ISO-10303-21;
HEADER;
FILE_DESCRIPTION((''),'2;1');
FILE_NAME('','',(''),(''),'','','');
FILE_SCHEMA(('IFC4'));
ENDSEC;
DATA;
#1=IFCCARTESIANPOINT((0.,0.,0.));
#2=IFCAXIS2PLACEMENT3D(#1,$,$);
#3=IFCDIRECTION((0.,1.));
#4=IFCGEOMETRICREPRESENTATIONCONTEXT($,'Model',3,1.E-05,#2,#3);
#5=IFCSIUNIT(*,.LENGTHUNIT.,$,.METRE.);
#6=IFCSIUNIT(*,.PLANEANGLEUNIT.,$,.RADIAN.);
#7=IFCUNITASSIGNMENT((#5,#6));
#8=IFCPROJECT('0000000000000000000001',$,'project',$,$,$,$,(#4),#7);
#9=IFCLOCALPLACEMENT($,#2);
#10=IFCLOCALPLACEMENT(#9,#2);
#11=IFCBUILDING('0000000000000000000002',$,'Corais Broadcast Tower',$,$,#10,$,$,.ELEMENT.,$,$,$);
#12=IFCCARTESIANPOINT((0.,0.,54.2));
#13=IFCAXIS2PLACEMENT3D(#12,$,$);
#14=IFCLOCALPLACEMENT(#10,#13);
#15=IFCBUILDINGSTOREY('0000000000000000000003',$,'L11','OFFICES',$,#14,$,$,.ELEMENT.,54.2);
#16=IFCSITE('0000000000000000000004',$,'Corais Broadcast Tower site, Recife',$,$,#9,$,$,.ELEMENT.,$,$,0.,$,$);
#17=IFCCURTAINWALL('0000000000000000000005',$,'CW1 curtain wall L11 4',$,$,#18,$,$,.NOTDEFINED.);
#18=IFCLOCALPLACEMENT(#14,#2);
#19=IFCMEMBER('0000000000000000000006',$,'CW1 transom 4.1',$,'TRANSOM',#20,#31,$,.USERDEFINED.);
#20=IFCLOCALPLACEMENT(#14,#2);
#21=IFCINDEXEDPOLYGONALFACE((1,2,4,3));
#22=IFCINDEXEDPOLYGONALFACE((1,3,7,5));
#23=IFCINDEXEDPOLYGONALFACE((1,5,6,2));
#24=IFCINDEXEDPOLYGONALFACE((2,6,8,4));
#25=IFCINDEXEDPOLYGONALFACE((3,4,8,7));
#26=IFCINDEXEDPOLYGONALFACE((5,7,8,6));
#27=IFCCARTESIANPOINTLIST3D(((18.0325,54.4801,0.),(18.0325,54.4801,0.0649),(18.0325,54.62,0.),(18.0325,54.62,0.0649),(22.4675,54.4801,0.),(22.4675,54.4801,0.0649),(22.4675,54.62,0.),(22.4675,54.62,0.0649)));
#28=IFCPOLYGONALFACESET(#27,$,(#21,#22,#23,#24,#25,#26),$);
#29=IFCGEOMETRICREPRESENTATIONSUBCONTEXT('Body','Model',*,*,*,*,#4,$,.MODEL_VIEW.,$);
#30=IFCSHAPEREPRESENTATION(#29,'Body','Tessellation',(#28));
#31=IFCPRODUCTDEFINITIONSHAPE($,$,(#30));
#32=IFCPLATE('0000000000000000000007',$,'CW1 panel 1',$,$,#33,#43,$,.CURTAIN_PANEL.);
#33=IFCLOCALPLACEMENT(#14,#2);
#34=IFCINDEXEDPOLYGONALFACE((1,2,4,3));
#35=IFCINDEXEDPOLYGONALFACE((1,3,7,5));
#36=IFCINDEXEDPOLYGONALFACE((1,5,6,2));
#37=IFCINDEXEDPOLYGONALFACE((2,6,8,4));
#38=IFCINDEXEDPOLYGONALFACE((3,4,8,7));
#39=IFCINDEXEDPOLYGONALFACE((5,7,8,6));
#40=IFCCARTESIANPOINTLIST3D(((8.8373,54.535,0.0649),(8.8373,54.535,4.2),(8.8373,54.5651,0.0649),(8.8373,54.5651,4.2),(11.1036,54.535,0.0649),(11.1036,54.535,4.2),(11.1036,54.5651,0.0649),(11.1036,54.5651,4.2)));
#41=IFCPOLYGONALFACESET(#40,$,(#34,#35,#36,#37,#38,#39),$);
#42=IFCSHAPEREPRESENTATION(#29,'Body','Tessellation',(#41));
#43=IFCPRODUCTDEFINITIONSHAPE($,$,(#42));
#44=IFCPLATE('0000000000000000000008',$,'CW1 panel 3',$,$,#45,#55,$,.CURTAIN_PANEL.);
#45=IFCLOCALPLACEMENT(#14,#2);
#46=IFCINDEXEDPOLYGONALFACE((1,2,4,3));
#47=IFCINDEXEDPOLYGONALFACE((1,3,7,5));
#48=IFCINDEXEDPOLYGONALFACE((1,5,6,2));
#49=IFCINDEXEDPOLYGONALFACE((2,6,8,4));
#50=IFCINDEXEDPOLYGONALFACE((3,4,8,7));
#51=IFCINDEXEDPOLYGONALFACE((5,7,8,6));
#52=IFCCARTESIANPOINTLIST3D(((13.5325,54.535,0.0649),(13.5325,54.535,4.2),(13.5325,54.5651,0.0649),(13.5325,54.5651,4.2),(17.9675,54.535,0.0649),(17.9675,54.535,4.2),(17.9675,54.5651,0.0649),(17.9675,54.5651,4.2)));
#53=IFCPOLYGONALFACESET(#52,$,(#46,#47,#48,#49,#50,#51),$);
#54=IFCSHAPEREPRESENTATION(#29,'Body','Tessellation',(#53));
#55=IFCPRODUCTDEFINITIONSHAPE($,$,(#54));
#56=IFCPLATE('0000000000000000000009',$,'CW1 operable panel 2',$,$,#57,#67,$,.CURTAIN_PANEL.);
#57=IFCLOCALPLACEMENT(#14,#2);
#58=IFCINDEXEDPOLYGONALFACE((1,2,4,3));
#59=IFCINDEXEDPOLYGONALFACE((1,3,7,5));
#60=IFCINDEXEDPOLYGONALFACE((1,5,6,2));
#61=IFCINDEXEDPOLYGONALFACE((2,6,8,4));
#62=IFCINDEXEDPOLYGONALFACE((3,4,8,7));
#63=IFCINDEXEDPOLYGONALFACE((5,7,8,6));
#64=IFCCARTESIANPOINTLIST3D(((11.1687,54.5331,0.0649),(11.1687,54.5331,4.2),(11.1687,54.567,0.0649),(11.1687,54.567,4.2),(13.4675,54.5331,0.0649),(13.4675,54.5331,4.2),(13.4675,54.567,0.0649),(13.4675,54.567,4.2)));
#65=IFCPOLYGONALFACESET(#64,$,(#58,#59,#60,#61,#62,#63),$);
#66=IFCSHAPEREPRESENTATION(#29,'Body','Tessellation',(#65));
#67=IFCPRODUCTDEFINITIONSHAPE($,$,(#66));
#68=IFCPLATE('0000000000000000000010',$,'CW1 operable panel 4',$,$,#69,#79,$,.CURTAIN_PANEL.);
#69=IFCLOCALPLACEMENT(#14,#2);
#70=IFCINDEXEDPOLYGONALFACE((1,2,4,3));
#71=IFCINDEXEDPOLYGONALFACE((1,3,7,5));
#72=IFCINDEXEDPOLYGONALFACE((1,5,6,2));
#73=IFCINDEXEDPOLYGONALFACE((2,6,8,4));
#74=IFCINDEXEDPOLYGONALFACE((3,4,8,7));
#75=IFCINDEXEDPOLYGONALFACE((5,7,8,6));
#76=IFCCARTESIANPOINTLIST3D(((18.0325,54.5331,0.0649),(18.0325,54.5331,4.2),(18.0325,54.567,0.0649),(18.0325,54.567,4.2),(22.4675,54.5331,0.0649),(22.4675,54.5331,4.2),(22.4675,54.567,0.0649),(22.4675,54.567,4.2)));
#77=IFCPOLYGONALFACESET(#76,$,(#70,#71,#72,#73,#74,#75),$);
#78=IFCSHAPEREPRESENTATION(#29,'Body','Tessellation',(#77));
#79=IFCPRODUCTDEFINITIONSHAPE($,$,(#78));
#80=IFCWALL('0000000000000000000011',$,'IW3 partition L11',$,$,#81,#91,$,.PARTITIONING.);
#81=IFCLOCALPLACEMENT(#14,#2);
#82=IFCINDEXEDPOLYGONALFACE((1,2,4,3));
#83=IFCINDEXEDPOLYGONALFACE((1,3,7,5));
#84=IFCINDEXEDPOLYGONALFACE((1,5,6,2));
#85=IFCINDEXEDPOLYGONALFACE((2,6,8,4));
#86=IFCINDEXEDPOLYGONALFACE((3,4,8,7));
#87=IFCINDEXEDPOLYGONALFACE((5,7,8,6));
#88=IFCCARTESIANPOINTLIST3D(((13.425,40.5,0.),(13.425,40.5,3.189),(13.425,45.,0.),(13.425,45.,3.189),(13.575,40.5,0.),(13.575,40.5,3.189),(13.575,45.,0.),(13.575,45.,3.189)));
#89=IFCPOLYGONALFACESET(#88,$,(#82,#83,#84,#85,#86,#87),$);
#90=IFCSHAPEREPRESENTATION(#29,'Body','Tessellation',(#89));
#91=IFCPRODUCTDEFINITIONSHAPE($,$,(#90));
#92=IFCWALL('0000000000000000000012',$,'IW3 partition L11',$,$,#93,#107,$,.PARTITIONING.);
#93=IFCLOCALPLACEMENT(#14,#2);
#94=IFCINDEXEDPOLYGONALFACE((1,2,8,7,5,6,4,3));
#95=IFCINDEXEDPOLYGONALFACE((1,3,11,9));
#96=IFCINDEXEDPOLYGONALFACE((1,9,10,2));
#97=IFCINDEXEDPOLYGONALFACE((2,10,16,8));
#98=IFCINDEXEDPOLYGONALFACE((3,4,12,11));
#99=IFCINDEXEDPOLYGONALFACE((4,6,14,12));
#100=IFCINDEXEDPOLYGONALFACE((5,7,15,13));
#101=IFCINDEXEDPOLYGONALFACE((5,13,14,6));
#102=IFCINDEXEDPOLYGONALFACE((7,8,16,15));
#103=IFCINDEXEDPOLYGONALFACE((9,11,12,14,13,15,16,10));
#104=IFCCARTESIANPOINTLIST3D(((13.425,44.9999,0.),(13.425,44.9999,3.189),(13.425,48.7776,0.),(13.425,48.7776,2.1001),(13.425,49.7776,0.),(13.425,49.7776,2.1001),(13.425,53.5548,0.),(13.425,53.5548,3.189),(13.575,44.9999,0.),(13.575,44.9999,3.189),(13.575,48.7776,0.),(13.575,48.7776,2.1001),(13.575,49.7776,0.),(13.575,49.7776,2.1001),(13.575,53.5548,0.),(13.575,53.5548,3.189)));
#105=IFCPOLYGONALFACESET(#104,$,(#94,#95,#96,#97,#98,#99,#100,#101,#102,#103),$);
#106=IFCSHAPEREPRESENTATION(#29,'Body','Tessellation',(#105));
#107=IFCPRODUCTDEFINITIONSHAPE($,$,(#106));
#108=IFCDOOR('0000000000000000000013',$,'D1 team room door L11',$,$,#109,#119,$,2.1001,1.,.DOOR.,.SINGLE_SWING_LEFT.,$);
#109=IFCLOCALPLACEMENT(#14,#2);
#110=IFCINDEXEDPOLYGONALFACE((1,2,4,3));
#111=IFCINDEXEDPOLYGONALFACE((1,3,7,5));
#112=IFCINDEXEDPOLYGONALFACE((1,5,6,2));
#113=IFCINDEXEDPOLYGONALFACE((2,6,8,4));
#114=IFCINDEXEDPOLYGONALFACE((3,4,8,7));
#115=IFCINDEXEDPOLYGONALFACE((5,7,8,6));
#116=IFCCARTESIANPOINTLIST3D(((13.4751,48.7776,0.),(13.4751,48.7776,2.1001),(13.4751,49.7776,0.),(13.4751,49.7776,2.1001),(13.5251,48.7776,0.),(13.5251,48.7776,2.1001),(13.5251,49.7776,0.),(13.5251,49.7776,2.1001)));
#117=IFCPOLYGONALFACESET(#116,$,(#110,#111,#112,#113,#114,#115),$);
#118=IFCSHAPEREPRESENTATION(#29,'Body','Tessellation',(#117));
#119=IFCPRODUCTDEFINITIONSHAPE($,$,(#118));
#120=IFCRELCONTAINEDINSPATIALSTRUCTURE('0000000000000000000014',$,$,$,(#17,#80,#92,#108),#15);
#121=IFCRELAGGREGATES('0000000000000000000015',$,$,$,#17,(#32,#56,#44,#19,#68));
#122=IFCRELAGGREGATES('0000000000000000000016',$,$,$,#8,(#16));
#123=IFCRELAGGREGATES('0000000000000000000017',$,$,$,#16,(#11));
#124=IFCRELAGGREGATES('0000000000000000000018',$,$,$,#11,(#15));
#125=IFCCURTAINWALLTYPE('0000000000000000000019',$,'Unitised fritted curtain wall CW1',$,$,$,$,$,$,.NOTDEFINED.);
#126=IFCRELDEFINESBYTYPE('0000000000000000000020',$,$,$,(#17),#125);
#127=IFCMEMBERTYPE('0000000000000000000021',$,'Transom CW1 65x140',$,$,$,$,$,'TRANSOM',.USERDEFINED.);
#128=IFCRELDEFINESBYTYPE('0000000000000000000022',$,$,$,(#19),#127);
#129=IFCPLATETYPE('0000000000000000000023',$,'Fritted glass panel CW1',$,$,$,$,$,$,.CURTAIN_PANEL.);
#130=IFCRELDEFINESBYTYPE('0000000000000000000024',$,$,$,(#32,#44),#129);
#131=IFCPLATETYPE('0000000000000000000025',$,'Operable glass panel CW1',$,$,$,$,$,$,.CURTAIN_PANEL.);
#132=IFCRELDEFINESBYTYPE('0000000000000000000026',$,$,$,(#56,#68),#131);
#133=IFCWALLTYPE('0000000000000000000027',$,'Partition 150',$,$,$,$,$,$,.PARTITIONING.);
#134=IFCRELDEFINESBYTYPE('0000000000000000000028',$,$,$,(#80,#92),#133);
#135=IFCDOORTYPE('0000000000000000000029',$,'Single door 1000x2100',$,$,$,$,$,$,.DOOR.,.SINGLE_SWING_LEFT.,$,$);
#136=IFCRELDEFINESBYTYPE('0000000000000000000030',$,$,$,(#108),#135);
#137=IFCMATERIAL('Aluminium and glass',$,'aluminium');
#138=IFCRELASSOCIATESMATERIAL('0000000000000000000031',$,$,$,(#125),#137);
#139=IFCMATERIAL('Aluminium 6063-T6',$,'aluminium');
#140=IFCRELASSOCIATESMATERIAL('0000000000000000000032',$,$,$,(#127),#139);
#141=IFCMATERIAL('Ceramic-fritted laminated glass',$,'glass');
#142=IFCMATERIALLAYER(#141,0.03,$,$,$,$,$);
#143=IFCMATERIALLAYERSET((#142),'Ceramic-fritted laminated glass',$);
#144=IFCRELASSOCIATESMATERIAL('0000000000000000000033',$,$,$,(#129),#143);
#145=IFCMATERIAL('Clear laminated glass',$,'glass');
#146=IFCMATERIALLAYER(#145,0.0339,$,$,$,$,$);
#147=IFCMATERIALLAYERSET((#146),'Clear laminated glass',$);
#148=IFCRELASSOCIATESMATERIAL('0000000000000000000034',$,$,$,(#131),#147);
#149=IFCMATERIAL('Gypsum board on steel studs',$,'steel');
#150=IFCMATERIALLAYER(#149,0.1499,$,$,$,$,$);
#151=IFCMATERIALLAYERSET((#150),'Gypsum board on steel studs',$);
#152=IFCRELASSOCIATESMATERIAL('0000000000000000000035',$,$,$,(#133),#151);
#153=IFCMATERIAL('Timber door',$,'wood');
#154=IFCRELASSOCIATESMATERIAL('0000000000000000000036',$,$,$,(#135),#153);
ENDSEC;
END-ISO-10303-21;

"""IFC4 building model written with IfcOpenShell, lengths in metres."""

from ifc_helpers import new_model, si_unit, direction, frame, frame_2d, origin, origin_2d, place, context, subcontext, project, spatial, rectangle, extrude, material, layer, layer_set, material_profile, profile_set, type_object, element, fill, aggregate, save


model = new_model("IFC4")

# Units and contexts
model_context = context("Model", 3, precision=1e-05, world=origin(), true_north=direction((0.0, 1.0)))
body_context = subcontext(model_context, "Body", "Model", "MODEL_VIEW")
ifc_project = project(units=[si_unit("LENGTHUNIT", "METRE"), si_unit("PLANEANGLEUNIT", "RADIAN")], contexts=[model_context])

# Site, building, storey
site_placement = place(None, origin())
site = spatial("IfcSite", under=ifc_project, at=site_placement, Name="Corais Broadcast Tower site, Recife", CompositionType="ELEMENT", RefElevation=0.0)
building_placement = place(site_placement, origin())
building = spatial("IfcBuilding", under=site, at=building_placement, Name="Corais Broadcast Tower", CompositionType="ELEMENT")
storey_placement = place(building_placement, frame((0.0, 0.0, 54.2)))
storey = spatial("IfcBuildingStorey", under=building, at=storey_placement, Name="L11", Description="OFFICES", CompositionType="ELEMENT", Elevation=54.2)

# Curtain wall
ifc_material_1 = material(Name="Aluminium and glass", Category="aluminium")
curtain_wall_type = type_object("IfcCurtainWallType", Name="Unitised fritted curtain wall CW1", PredefinedType="NOTDEFINED", material=ifc_material_1)
curtain_wall_placement = place(storey_placement, origin())
curtain_wall = element("IfcCurtainWall", 1, at=curtain_wall_placement, inside=storey, type_object=curtain_wall_type, Name="CW1 curtain wall L11 4", PredefinedType="NOTDEFINED")

# Member
ifc_material_2 = material(Name="Aluminium 6063-T6", Category="aluminium")
ifc_material_profile_1 = material_profile(ifc_material_2, rectangle(XDim=0.1399, YDim=0.0649, at=origin_2d()), Name="Transom CW1 65x140")
ifc_profile_set_1 = profile_set([ifc_material_profile_1], Name="Aluminium 6063-T6")
member_type_1 = type_object("IfcMemberType", Name="Transom CW1 65x140", ElementType="TRANSOM", PredefinedType="USERDEFINED", material=ifc_profile_set_1)
member_1_placement = place(storey_placement, frame((18.0325, 54.55, 0.0325), z_axis=(1.0, 0.0, 0.0), x_axis=(0.0, 1.0, 0.0)))
member_1 = element("IfcMember", 2, at=member_1_placement, type_object=member_type_1, Name="CW1 transom 4.1", ObjectType="TRANSOM", PredefinedType="USERDEFINED", context=body_context, shape_type="SweptSolid", body=[
    extrude(rectangle(XDim=0.1399, YDim=0.0649, at=origin_2d()), origin(), (0.0, 0.0, 1.0), 4.4351),
])

# Plates
ifc_material_3 = material(Name="Ceramic-fritted laminated glass", Category="glass")
ifc_layer_1 = layer(ifc_material_3, 0.03)
ifc_layer_set_1 = layer_set([ifc_layer_1], Name="Ceramic-fritted laminated glass")
plate_type_1 = type_object("IfcPlateType", Name="Fritted glass panel CW1", PredefinedType="CURTAIN_PANEL", material=ifc_layer_set_1)
plate_1_placement = place(storey_placement, frame((9.9705, 54.55, 0.0649), z_axis=(0.0, 0.0, 1.0), x_axis=(1.0, 0.0, 0.0)))
plate_1 = element("IfcPlate", 3, at=plate_1_placement, type_object=plate_type_1, Name="CW1 panel 1", PredefinedType="CURTAIN_PANEL", context=body_context, shape_type="SweptSolid", body=[
    extrude(rectangle(XDim=2.2664, YDim=0.03, at=origin_2d()), origin(), (0.0, 0.0, 1.0), 4.135),
])
plate_2_placement = place(storey_placement, frame((15.75, 54.55, 0.0649), z_axis=(0.0, 0.0, 1.0), x_axis=(1.0, 0.0, 0.0)))
plate_2 = element("IfcPlate", 4, at=plate_2_placement, type_object=plate_type_1, Name="CW1 panel 3", PredefinedType="CURTAIN_PANEL", context=body_context, shape_type="SweptSolid", body=[
    extrude(rectangle(XDim=4.4351, YDim=0.03, at=origin_2d()), origin(), (0.0, 0.0, 1.0), 4.135),
])
ifc_material_4 = material(Name="Clear laminated glass", Category="glass")
ifc_layer_2 = layer(ifc_material_4, 0.0339)
ifc_layer_set_2 = layer_set([ifc_layer_2], Name="Clear laminated glass")
plate_type_2 = type_object("IfcPlateType", Name="Operable glass panel CW1", PredefinedType="CURTAIN_PANEL", material=ifc_layer_set_2)
plate_3_placement = place(storey_placement, frame((12.3181, 54.55, 0.0649), z_axis=(0.0, 0.0, 1.0), x_axis=(1.0, 0.0, 0.0)))
plate_3 = element("IfcPlate", 5, at=plate_3_placement, type_object=plate_type_2, Name="CW1 operable panel 2", PredefinedType="CURTAIN_PANEL", context=body_context, shape_type="SweptSolid", body=[
    extrude(rectangle(XDim=2.2988, YDim=0.0339, at=origin_2d()), origin(), (0.0, 0.0, 1.0), 4.135),
])
plate_4_placement = place(storey_placement, frame((20.25, 54.55, 0.0649), z_axis=(0.0, 0.0, 1.0), x_axis=(1.0, 0.0, 0.0)))
plate_4 = element("IfcPlate", 6, at=plate_4_placement, type_object=plate_type_2, Name="CW1 operable panel 4", PredefinedType="CURTAIN_PANEL", context=body_context, shape_type="SweptSolid", body=[
    extrude(rectangle(XDim=4.4351, YDim=0.0339, at=origin_2d()), origin(), (0.0, 0.0, 1.0), 4.135),
])
aggregate(curtain_wall, [plate_1, plate_3, plate_2, member_1, plate_4])

# Wall
ifc_material_5 = material(Name="Gypsum board on steel studs", Category="steel")
ifc_layer_3 = layer(ifc_material_5, 0.1499)
ifc_layer_set_3 = layer_set([ifc_layer_3], Name="Gypsum board on steel studs")
wall_type = type_object("IfcWallType", Name="Partition 150", PredefinedType="PARTITIONING", material=ifc_layer_set_3)
wall_1_placement = place(storey_placement, frame((13.5, 45.0, 0.0), z_axis=(0.0, 0.0, 1.0), x_axis=(0.0, -1.0, 0.0)))
element("IfcWall", 7, at=wall_1_placement, inside=storey, type_object=wall_type, Name="IW3 partition L11", PredefinedType="PARTITIONING", context=body_context, shape_type="SweptSolid", body=[
    extrude(rectangle(XDim=4.5, YDim=0.1499, at=frame_2d((2.25, 0.0))), origin(), (0.0, 0.0, 1.0), 3.189),
])

# Wall, opening, door
wall_2_placement = place(storey_placement, frame((13.5, 45.0, 0.0), z_axis=(0.0, 0.0, 1.0), x_axis=(0.0, 1.0, 0.0)))
wall_2 = element("IfcWall", 8, at=wall_2_placement, inside=storey, type_object=wall_type, Name="IW3 partition L11", PredefinedType="PARTITIONING", context=body_context, shape_type="SweptSolid", body=[
    extrude(rectangle(XDim=8.5549, YDim=0.1499, at=frame_2d((4.2773, 0.0))), origin(), (0.0, 0.0, 1.0), 3.189),
])
opening_placement = place(wall_2_placement, frame((3.7776, 0.0, 0.0)))
opening = element("IfcOpeningElement", 9, at=opening_placement, cuts=wall_2, PredefinedType="OPENING", context=body_context, shape_type="SweptSolid", body=[
    extrude(rectangle(XDim=1.0, YDim=2.1001, at=frame_2d((0.5, 1.05))), frame((0.0, 0.085, 0.0), z_axis=(0.0, -1.0, 0.0), x_axis=(1.0, 0.0, 0.0)), (0.0, 0.0, 1.0), 0.1699),
])
ifc_material_6 = material(Name="Timber door", Category="wood")
door_type = type_object("IfcDoorType", Name="Single door 1000x2100", OperationType="SINGLE_SWING_LEFT", PredefinedType="DOOR", material=ifc_material_6)
door_placement = place(opening_placement, origin())
door = element("IfcDoor", 10, at=door_placement, inside=storey, type_object=door_type, Name="D1 team room door L11", OperationType="SINGLE_SWING_LEFT", OverallHeight=2.1001, OverallWidth=1.0, PredefinedType="DOOR", context=body_context, shape_type="SweptSolid", body=[
    extrude(rectangle(XDim=1.0, YDim=2.1001, at=frame_2d((0.5, 1.05))), frame((0.0, 0.0249, 0.0), z_axis=(0.0, -1.0, 0.0), x_axis=(1.0, 0.0, 0.0)), (0.0, 0.0, 1.0), 0.05),
])
fill(opening, door)

save(model, "model.ifc")
